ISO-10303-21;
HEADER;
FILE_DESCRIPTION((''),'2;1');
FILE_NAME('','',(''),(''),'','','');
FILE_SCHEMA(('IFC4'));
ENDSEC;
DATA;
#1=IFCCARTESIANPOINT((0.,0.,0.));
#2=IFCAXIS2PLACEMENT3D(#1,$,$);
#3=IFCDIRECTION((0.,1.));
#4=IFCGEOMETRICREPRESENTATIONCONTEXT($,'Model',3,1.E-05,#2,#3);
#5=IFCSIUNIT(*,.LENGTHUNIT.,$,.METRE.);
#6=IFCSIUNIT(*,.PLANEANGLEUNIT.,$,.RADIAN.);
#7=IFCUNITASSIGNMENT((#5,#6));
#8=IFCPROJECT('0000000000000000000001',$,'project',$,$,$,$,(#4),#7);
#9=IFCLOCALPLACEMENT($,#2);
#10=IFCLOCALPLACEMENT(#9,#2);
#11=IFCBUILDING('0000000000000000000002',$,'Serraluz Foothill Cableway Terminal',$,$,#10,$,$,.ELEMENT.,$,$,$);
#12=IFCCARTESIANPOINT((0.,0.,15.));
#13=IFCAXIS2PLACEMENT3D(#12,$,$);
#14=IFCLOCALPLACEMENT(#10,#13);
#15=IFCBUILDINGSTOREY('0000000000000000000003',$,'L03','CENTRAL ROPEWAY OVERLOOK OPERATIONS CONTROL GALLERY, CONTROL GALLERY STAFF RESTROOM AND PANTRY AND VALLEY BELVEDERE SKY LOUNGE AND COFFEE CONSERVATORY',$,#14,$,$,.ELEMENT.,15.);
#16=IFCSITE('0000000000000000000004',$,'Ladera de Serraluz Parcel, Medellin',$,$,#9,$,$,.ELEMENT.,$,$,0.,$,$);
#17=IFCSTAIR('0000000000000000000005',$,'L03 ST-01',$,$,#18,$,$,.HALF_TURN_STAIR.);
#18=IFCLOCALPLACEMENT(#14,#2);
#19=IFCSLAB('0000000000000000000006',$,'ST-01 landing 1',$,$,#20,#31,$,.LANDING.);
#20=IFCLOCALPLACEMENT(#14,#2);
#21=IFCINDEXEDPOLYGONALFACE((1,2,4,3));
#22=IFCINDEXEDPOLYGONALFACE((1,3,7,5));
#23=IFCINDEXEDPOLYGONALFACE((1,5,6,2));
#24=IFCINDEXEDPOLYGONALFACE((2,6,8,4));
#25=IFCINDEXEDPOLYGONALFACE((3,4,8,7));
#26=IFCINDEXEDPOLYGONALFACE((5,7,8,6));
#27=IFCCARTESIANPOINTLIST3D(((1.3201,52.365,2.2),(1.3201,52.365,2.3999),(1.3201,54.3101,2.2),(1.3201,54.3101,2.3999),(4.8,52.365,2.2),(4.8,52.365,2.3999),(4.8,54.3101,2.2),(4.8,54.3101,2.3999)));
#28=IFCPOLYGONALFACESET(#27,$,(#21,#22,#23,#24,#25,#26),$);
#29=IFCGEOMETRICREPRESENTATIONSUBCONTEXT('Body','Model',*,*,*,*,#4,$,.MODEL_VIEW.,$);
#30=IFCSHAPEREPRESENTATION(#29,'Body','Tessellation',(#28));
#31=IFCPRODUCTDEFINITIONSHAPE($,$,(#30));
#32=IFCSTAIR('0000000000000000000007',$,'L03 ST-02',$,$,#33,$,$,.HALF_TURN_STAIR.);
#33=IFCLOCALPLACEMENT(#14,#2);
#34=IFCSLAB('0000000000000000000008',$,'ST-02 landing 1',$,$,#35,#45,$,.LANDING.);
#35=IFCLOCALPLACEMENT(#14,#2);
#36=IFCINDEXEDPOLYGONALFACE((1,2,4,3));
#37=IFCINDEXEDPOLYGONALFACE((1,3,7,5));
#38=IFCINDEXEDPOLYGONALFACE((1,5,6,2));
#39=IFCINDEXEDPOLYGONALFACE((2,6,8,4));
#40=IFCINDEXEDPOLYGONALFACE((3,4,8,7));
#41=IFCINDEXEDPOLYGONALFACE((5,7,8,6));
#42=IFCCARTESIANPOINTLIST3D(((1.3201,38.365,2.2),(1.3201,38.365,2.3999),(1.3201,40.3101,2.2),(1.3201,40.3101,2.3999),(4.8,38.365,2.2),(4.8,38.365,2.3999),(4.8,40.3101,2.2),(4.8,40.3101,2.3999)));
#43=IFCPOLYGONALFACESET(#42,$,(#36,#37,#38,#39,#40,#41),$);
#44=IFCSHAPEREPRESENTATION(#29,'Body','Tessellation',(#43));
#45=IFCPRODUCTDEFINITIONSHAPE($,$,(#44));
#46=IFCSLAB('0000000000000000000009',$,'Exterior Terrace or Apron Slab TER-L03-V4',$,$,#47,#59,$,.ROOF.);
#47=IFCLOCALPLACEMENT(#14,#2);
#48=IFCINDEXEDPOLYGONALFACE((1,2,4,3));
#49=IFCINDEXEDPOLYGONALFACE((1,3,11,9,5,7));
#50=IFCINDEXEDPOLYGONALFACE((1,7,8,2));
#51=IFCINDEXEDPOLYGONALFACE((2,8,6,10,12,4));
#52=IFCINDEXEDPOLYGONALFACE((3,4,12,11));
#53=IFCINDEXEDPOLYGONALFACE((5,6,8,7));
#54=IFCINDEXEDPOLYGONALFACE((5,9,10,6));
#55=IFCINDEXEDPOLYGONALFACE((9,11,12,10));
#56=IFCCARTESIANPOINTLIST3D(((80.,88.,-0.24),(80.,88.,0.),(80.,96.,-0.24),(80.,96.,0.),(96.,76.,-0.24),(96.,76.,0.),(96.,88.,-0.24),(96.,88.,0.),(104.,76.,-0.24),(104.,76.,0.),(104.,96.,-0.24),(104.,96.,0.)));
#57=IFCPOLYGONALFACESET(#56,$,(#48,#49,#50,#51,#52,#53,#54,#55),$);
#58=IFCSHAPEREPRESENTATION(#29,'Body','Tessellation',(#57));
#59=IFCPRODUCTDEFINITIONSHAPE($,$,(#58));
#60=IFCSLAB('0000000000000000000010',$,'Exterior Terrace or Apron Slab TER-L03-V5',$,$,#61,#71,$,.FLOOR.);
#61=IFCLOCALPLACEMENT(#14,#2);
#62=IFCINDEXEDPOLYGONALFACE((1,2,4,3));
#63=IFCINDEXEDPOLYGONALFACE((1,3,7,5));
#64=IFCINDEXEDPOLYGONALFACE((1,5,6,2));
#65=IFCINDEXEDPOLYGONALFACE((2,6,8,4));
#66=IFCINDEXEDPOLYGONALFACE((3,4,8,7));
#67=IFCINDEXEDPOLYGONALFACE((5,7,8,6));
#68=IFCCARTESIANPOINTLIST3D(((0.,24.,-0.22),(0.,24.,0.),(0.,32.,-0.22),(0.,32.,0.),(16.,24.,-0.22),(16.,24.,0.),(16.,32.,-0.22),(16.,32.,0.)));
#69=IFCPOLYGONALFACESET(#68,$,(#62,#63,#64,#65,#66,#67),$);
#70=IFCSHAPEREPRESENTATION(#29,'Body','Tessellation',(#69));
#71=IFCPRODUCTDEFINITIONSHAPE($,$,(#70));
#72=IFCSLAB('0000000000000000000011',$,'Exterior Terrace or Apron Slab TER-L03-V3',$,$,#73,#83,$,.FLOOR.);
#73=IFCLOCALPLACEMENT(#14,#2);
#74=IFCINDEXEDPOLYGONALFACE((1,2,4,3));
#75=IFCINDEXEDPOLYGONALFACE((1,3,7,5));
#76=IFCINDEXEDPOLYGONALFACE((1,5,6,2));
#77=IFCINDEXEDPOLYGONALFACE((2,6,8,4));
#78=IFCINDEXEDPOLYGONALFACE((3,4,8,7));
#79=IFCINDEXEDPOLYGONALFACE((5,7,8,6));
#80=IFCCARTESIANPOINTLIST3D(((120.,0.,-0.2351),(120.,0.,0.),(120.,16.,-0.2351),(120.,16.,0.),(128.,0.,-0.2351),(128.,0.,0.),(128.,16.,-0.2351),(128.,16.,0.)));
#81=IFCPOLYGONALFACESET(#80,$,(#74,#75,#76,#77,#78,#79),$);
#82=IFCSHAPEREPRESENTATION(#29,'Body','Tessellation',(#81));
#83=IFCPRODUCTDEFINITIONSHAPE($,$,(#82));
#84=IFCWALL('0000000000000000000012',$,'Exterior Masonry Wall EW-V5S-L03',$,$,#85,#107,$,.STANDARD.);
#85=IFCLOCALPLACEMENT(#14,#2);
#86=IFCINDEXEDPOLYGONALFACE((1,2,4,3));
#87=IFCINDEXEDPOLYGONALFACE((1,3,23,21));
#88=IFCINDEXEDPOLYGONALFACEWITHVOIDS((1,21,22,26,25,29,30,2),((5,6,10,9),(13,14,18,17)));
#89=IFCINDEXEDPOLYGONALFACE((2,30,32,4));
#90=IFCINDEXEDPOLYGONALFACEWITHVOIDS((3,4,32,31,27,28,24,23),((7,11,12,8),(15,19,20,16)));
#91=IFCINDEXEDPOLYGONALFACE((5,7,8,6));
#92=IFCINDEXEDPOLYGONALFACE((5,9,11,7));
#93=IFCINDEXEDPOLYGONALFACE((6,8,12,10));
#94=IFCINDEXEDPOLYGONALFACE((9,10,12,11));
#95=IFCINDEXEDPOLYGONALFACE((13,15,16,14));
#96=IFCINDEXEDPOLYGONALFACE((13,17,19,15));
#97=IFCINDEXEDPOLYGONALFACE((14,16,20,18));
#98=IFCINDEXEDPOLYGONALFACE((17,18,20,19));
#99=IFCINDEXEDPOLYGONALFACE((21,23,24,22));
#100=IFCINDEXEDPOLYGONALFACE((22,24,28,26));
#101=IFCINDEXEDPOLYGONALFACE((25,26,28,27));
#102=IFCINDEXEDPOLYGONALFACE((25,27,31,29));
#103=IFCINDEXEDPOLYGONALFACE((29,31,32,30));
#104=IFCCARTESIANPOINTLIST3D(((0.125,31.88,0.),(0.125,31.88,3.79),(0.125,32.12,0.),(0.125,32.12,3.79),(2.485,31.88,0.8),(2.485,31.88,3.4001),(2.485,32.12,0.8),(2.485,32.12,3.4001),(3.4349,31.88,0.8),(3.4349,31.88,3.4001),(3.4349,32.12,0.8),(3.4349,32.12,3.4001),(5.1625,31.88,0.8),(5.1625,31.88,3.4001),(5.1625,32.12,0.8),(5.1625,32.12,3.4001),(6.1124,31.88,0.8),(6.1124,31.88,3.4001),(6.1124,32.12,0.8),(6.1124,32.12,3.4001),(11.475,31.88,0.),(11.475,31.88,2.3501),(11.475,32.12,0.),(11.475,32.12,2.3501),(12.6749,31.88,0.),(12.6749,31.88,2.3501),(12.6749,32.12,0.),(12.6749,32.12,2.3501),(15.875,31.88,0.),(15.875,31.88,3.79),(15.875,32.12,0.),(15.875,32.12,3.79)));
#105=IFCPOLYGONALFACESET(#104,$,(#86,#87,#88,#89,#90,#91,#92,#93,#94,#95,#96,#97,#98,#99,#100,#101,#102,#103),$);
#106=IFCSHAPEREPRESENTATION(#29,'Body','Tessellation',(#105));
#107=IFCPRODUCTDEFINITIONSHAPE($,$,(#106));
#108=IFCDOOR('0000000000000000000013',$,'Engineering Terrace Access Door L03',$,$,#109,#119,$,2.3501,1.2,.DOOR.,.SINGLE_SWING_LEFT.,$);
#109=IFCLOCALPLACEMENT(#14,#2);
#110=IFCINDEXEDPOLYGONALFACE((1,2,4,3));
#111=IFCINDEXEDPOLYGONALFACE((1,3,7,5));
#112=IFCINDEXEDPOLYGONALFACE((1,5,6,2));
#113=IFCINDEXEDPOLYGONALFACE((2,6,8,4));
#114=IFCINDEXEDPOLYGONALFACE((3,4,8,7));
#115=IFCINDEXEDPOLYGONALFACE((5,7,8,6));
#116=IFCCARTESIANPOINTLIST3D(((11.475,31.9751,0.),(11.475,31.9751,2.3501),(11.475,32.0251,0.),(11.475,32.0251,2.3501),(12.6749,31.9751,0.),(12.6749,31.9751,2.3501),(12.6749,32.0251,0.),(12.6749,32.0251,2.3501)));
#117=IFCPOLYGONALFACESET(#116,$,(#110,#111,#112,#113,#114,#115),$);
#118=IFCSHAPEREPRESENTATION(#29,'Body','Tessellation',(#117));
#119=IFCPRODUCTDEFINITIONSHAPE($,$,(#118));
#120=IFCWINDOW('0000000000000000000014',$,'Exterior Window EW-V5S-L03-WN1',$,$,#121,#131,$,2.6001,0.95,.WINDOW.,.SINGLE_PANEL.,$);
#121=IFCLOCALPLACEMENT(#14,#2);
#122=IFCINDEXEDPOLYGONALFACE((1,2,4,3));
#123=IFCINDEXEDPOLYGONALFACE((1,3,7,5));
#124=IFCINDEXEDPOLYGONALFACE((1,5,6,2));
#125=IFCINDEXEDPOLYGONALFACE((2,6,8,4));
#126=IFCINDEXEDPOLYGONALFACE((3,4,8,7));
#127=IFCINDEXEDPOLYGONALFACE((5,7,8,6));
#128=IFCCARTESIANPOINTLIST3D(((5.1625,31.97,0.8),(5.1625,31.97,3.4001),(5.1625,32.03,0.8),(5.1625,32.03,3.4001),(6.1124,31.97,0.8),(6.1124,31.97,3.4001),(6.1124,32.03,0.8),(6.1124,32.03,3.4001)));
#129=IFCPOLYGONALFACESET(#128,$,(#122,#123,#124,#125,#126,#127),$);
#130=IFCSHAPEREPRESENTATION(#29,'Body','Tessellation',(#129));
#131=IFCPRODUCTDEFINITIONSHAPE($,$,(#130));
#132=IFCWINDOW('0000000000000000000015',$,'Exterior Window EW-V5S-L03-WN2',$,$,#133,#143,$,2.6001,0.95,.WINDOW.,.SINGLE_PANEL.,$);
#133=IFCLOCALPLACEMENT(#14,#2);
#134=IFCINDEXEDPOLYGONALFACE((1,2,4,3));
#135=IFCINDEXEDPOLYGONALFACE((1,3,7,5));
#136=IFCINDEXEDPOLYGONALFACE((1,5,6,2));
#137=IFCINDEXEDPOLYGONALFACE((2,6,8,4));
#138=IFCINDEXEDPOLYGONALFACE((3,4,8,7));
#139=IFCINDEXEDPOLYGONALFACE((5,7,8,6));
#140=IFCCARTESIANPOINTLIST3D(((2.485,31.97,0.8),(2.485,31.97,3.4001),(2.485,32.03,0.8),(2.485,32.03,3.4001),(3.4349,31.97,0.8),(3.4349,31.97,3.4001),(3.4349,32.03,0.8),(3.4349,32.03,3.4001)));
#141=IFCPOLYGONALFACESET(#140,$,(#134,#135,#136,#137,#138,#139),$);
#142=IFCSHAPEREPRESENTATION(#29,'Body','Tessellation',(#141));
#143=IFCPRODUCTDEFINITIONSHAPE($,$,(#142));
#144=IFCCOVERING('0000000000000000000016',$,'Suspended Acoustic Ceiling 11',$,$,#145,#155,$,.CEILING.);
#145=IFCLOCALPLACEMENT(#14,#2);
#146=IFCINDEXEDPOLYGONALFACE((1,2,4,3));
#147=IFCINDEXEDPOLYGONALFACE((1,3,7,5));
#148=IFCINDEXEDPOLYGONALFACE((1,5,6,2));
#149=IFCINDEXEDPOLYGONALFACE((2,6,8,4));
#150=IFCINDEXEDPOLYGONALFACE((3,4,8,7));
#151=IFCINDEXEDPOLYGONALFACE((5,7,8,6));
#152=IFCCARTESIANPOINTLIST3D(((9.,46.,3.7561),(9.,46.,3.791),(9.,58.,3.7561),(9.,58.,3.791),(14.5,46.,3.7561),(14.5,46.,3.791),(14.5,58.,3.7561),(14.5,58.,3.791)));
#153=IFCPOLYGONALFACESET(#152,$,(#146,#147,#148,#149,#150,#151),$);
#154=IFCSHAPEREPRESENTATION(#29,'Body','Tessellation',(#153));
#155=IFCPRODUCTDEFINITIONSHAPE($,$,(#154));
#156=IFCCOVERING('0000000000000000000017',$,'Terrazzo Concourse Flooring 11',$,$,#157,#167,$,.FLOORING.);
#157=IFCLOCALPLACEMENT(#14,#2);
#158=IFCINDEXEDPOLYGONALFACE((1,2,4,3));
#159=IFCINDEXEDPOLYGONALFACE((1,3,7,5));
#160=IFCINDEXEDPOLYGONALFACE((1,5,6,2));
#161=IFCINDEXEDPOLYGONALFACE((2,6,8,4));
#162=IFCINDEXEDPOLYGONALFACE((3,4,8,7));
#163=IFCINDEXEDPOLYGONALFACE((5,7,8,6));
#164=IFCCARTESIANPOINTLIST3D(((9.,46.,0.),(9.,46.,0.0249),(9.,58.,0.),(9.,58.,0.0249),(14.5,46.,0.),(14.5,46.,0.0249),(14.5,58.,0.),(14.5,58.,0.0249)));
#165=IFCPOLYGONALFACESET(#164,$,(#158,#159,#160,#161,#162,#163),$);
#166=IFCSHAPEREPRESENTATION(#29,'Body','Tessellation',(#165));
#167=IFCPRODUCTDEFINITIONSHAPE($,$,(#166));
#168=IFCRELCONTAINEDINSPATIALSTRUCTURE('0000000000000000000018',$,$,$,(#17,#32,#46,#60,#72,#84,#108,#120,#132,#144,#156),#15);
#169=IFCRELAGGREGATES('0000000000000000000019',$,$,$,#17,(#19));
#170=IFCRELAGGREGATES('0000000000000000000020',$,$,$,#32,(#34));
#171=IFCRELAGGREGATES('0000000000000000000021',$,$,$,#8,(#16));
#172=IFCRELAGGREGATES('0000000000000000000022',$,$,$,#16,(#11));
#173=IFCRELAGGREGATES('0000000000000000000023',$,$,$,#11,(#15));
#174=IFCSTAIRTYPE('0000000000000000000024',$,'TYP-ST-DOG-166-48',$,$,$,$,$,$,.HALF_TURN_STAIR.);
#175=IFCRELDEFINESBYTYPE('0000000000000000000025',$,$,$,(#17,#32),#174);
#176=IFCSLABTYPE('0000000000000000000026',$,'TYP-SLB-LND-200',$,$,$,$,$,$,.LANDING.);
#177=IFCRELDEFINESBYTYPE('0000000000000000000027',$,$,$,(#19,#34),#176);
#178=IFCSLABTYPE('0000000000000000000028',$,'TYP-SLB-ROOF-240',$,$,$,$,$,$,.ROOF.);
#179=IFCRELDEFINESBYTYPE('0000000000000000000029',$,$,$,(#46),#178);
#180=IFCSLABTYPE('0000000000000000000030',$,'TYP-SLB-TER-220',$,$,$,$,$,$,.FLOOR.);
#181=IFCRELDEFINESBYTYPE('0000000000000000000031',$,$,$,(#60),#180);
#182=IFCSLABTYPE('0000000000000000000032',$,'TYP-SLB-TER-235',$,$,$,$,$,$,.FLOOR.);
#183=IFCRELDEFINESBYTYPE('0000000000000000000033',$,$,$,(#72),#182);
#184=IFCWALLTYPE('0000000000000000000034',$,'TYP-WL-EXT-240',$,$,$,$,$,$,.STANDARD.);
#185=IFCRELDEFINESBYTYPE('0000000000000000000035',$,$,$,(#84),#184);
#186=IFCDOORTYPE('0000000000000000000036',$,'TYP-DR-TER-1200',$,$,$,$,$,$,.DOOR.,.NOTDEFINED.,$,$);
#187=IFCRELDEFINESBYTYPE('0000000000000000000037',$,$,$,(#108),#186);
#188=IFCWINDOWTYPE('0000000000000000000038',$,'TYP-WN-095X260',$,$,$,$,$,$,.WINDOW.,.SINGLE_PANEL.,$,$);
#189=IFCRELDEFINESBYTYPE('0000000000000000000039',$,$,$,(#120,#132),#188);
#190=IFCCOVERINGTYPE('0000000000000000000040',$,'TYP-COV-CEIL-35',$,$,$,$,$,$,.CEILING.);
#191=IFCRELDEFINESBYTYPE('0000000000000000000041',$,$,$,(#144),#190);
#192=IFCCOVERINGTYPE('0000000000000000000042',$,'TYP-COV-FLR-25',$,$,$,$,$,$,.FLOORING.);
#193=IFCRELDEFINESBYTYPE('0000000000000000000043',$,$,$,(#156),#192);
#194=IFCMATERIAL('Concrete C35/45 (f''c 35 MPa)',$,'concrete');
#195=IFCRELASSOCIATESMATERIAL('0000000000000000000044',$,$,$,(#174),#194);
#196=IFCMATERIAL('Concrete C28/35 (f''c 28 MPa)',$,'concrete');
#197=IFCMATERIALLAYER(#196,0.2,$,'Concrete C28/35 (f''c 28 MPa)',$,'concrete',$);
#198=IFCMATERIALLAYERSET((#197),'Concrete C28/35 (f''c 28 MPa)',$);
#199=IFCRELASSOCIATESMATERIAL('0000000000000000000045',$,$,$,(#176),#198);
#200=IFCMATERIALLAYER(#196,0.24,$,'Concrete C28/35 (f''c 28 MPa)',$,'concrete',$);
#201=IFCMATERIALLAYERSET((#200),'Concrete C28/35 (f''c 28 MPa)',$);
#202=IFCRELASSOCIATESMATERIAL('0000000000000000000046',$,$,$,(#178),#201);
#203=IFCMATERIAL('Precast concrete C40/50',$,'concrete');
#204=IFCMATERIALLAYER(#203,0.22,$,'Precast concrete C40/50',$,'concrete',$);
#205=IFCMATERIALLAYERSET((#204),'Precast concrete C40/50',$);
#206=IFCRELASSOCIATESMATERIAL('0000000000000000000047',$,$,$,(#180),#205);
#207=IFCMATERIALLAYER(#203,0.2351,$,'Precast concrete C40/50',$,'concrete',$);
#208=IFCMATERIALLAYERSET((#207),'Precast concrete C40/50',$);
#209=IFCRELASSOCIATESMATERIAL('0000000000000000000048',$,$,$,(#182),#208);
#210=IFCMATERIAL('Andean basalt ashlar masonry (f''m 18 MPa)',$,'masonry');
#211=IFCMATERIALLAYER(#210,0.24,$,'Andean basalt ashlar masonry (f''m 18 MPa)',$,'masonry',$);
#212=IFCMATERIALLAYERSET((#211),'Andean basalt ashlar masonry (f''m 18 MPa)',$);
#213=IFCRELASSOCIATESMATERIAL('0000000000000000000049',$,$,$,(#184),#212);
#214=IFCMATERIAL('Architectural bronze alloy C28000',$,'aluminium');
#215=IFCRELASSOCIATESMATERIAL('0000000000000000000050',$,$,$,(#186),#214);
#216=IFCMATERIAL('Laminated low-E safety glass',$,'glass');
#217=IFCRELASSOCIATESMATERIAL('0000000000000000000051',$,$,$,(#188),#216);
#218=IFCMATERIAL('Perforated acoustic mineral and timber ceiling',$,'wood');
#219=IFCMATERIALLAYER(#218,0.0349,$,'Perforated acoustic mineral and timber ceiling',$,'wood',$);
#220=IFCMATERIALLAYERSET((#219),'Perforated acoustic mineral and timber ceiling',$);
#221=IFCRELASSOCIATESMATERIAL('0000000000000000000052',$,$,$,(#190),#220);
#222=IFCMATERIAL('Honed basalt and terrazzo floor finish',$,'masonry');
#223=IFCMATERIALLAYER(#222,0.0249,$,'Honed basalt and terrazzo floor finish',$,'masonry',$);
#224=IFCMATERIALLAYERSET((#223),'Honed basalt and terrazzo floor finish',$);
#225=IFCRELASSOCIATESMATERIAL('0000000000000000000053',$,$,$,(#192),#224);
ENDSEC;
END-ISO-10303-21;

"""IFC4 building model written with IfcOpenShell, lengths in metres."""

from ifc_helpers import new_model, si_unit, direction, frame, frame_2d, origin, place, context, subcontext, project, spatial, polyline, rectangle, outline, extrude, material, layer, layer_set, type_object, element, fill, aggregate, save


model = new_model("IFC4")

# Units and contexts
model_context = context("Model", 3, precision=1e-05, world=origin(), true_north=direction((0.0, 1.0)))
body_context = subcontext(model_context, "Body", "Model", "MODEL_VIEW")
ifc_project = project(units=[si_unit("LENGTHUNIT", "METRE"), si_unit("PLANEANGLEUNIT", "RADIAN")], contexts=[model_context])

# Site, building, storey
site_placement = place(None, origin())
site = spatial("IfcSite", under=ifc_project, at=site_placement, Name="Ladera de Serraluz Parcel, Medellin", CompositionType="ELEMENT", RefElevation=0.0)
building_placement = place(site_placement, origin())
building = spatial("IfcBuilding", under=site, at=building_placement, Name="Serraluz Foothill Cableway Terminal", CompositionType="ELEMENT")
storey_placement = place(building_placement, frame((0.0, 0.0, 15.0)))
storey = spatial("IfcBuildingStorey", under=building, at=storey_placement, Name="L03", Description="CENTRAL ROPEWAY OVERLOOK OPERATIONS CONTROL GALLERY, CONTROL GALLERY STAFF RESTROOM AND PANTRY AND VALLEY BELVEDERE SKY LOUNGE AND COFFEE CONSERVATORY", CompositionType="ELEMENT", Elevation=15.0)

# Shared definitions
ifc_material_1 = material(Name="Concrete C28/35 (f'c 28 MPa)", Category="concrete")

# Stairs, slabs
ifc_material_2 = material(Name="Concrete C35/45 (f'c 35 MPa)", Category="concrete")
stair_type = type_object("IfcStairType", Name="TYP-ST-DOG-166-48", PredefinedType="HALF_TURN_STAIR", material=ifc_material_2)
stair_1_placement = place(storey_placement, origin())
stair_1 = element("IfcStair", 1, at=stair_1_placement, inside=storey, type_object=stair_type, Name="L03 ST-01", PredefinedType="HALF_TURN_STAIR")
ifc_layer_1 = layer(ifc_material_1, 0.2, Name="Concrete C28/35 (f'c 28 MPa)", Category="concrete")
ifc_layer_set_1 = layer_set([ifc_layer_1], Name="Concrete C28/35 (f'c 28 MPa)")
slab_type_1 = type_object("IfcSlabType", Name="TYP-SLB-LND-200", PredefinedType="LANDING", material=ifc_layer_set_1)
slab_1_placement = place(storey_placement, frame((0.0, 0.0, 2.2)))
slab_1 = element("IfcSlab", 2, at=slab_1_placement, type_object=slab_type_1, Name="ST-01 landing 1", PredefinedType="LANDING", context=body_context, shape_type="SweptSolid", body=[
    extrude(outline(polyline([(4.8, 52.365), (4.8, 54.3101), (1.3201, 54.3101), (1.3201, 52.365), (4.8, 52.365)])), origin(), (0.0, 0.0, 1.0), 0.2),
])
aggregate(stair_1, [slab_1])
stair_2_placement = place(storey_placement, origin())
stair_2 = element("IfcStair", 3, at=stair_2_placement, inside=storey, type_object=stair_type, Name="L03 ST-02", PredefinedType="HALF_TURN_STAIR")
slab_2_placement = place(storey_placement, frame((0.0, 0.0, 2.2)))
slab_2 = element("IfcSlab", 4, at=slab_2_placement, type_object=slab_type_1, Name="ST-02 landing 1", PredefinedType="LANDING", context=body_context, shape_type="SweptSolid", body=[
    extrude(outline(polyline([(4.8, 38.365), (4.8, 40.3101), (1.3201, 40.3101), (1.3201, 38.365), (4.8, 38.365)])), origin(), (0.0, 0.0, 1.0), 0.2),
])
aggregate(stair_2, [slab_2])

# Slabs
ifc_layer_2 = layer(ifc_material_1, 0.24, Name="Concrete C28/35 (f'c 28 MPa)", Category="concrete")
ifc_layer_set_2 = layer_set([ifc_layer_2], Name="Concrete C28/35 (f'c 28 MPa)")
slab_type_2 = type_object("IfcSlabType", Name="TYP-SLB-ROOF-240", PredefinedType="ROOF", material=ifc_layer_set_2)
slab_3_placement = place(storey_placement, frame((0.0, 0.0, -0.24)))
element("IfcSlab", 5, at=slab_3_placement, inside=storey, type_object=slab_type_2, Name="Exterior Terrace or Apron Slab TER-L03-V4", PredefinedType="ROOF", context=body_context, shape_type="SweptSolid", body=[
    extrude(outline(polyline([(96.0, 76.0), (104.0, 76.0), (104.0, 96.0), (80.0, 96.0), (80.0, 88.0), (96.0, 88.0), (96.0, 76.0)])), origin(), (0.0, 0.0, 1.0), 0.24),
])
ifc_material_3 = material(Name="Precast concrete C40/50", Category="concrete")
ifc_layer_3 = layer(ifc_material_3, 0.22, Name="Precast concrete C40/50", Category="concrete")
ifc_layer_set_3 = layer_set([ifc_layer_3], Name="Precast concrete C40/50")
slab_type_3 = type_object("IfcSlabType", Name="TYP-SLB-TER-220", PredefinedType="FLOOR", material=ifc_layer_set_3)
slab_4_placement = place(storey_placement, frame((0.0, 0.0, -0.22)))
element("IfcSlab", 6, at=slab_4_placement, inside=storey, type_object=slab_type_3, Name="Exterior Terrace or Apron Slab TER-L03-V5", PredefinedType="FLOOR", context=body_context, shape_type="SweptSolid", body=[
    extrude(outline(polyline([(0.0, 24.0), (16.0, 24.0), (16.0, 32.0), (0.0, 32.0), (0.0, 24.0)])), origin(), (0.0, 0.0, 1.0), 0.22),
])
ifc_layer_4 = layer(ifc_material_3, 0.2351, Name="Precast concrete C40/50", Category="concrete")
ifc_layer_set_4 = layer_set([ifc_layer_4], Name="Precast concrete C40/50")
slab_type_4 = type_object("IfcSlabType", Name="TYP-SLB-TER-235", PredefinedType="FLOOR", material=ifc_layer_set_4)
slab_5_placement = place(storey_placement, frame((0.0, 0.0, -0.2351)))
element("IfcSlab", 7, at=slab_5_placement, inside=storey, type_object=slab_type_4, Name="Exterior Terrace or Apron Slab TER-L03-V3", PredefinedType="FLOOR", context=body_context, shape_type="SweptSolid", body=[
    extrude(outline(polyline([(120.0, 0.0), (128.0, 0.0), (128.0, 16.0), (120.0, 16.0), (120.0, 0.0)])), origin(), (0.0, 0.0, 1.0), 0.2351),
])

# Wall, openings, door, windows
ifc_material_4 = material(Name="Andean basalt ashlar masonry (f'm 18 MPa)", Category="masonry")
ifc_layer_5 = layer(ifc_material_4, 0.24, Name="Andean basalt ashlar masonry (f'm 18 MPa)", Category="masonry")
ifc_layer_set_5 = layer_set([ifc_layer_5], Name="Andean basalt ashlar masonry (f'm 18 MPa)")
wall_type = type_object("IfcWallType", Name="TYP-WL-EXT-240", PredefinedType="STANDARD", material=ifc_layer_set_5)
wall_placement = place(storey_placement, frame((15.875, 32.0, 0.0), z_axis=(0.0, 0.0, 1.0), x_axis=(-1.0, 0.0, 0.0)))
wall = element("IfcWall", 8, at=wall_placement, inside=storey, type_object=wall_type, Name="Exterior Masonry Wall EW-V5S-L03", PredefinedType="STANDARD", context=body_context, shape_type="SweptSolid", body=[
    extrude(rectangle(XDim=15.75, YDim=0.24, at=frame_2d((7.875, 0.0))), origin(), (0.0, 0.0, 1.0), 3.79),
])
opening_1_placement = place(wall_placement, frame((9.7625, 0.0, 0.8)))
opening_1 = element("IfcOpeningElement", 9, at=opening_1_placement, cuts=wall, PredefinedType="OPENING", context=body_context, shape_type="SweptSolid", body=[
    extrude(rectangle(XDim=0.95, YDim=2.6001, at=frame_2d((0.4751, 1.3))), frame((0.0, 0.1299, 0.0), z_axis=(0.0, -1.0, 0.0), x_axis=(1.0, 0.0, 0.0)), (0.0, 0.0, 1.0), 0.26),
])
opening_2_placement = place(wall_placement, frame((12.4399, 0.0, 0.8)))
opening_2 = element("IfcOpeningElement", 10, at=opening_2_placement, cuts=wall, PredefinedType="OPENING", context=body_context, shape_type="SweptSolid", body=[
    extrude(rectangle(XDim=0.95, YDim=2.6001, at=frame_2d((0.4751, 1.3))), frame((0.0, 0.1299, 0.0), z_axis=(0.0, -1.0, 0.0), x_axis=(1.0, 0.0, 0.0)), (0.0, 0.0, 1.0), 0.26),
])
opening_3_placement = place(wall_placement, frame((3.2, 0.0, 0.0)))
opening_3 = element("IfcOpeningElement", 11, at=opening_3_placement, cuts=wall, PredefinedType="OPENING", context=body_context, shape_type="SweptSolid", body=[
    extrude(rectangle(XDim=1.2, YDim=2.3501, at=frame_2d((0.6001, 1.175))), frame((0.0, 0.1299, 0.0), z_axis=(0.0, -1.0, 0.0), x_axis=(1.0, 0.0, 0.0)), (0.0, 0.0, 1.0), 0.26),
])
ifc_material_5 = material(Name="Architectural bronze alloy C28000", Category="aluminium")
door_type = type_object("IfcDoorType", Name="TYP-DR-TER-1200", OperationType="NOTDEFINED", PredefinedType="DOOR", material=ifc_material_5)
door_placement = place(opening_3_placement, origin())
door = element("IfcDoor", 12, at=door_placement, inside=storey, type_object=door_type, Name="Engineering Terrace Access Door L03", OperationType="SINGLE_SWING_LEFT", OverallHeight=2.3501, OverallWidth=1.2, PredefinedType="DOOR", context=body_context, shape_type="SweptSolid", body=[
    extrude(rectangle(XDim=1.2, YDim=2.3501, at=frame_2d((0.6001, 1.175))), frame((0.0, 0.0249, 0.0), z_axis=(0.0, -1.0, 0.0), x_axis=(1.0, 0.0, 0.0)), (0.0, 0.0, 1.0), 0.05),
])
fill(opening_3, door)
ifc_material_6 = material(Name="Laminated low-E safety glass", Category="glass")
window_type = type_object("IfcWindowType", Name="TYP-WN-095X260", PartitioningType="SINGLE_PANEL", PredefinedType="WINDOW", material=ifc_material_6)
window_1_placement = place(opening_1_placement, origin())
window_1 = element("IfcWindow", 13, at=window_1_placement, inside=storey, type_object=window_type, Name="Exterior Window EW-V5S-L03-WN1", OverallHeight=2.6001, OverallWidth=0.95, PartitioningType="SINGLE_PANEL", PredefinedType="WINDOW", context=body_context, shape_type="SweptSolid", body=[
    extrude(rectangle(XDim=0.95, YDim=2.6001, at=frame_2d((0.4751, 1.3))), frame((0.0, 0.03, 0.0), z_axis=(0.0, -1.0, 0.0), x_axis=(1.0, 0.0, 0.0)), (0.0, 0.0, 1.0), 0.0601),
])
fill(opening_1, window_1)
window_2_placement = place(opening_2_placement, origin())
window_2 = element("IfcWindow", 14, at=window_2_placement, inside=storey, type_object=window_type, Name="Exterior Window EW-V5S-L03-WN2", OverallHeight=2.6001, OverallWidth=0.95, PartitioningType="SINGLE_PANEL", PredefinedType="WINDOW", context=body_context, shape_type="SweptSolid", body=[
    extrude(rectangle(XDim=0.95, YDim=2.6001, at=frame_2d((0.4751, 1.3))), frame((0.0, 0.03, 0.0), z_axis=(0.0, -1.0, 0.0), x_axis=(1.0, 0.0, 0.0)), (0.0, 0.0, 1.0), 0.0601),
])
fill(opening_2, window_2)

# Coverings
ifc_material_7 = material(Name="Perforated acoustic mineral and timber ceiling", Category="wood")
ifc_layer_6 = layer(ifc_material_7, 0.0349, Name="Perforated acoustic mineral and timber ceiling", Category="wood")
ifc_layer_set_6 = layer_set([ifc_layer_6], Name="Perforated acoustic mineral and timber ceiling")
covering_type_1 = type_object("IfcCoveringType", Name="TYP-COV-CEIL-35", PredefinedType="CEILING", material=ifc_layer_set_6)
covering_1_placement = place(storey_placement, frame((0.0, 0.0, 3.7561)))
element("IfcCovering", 15, at=covering_1_placement, inside=storey, type_object=covering_type_1, Name="Suspended Acoustic Ceiling 11", PredefinedType="CEILING", context=body_context, shape_type="SweptSolid", body=[
    extrude(outline(polyline([(14.5, 58.0), (14.5, 46.0), (9.0, 46.0), (9.0, 58.0), (14.5, 58.0)])), origin(), (0.0, 0.0, 1.0), 0.0349),
])
ifc_material_8 = material(Name="Honed basalt and terrazzo floor finish", Category="masonry")
ifc_layer_7 = layer(ifc_material_8, 0.0249, Name="Honed basalt and terrazzo floor finish", Category="masonry")
ifc_layer_set_7 = layer_set([ifc_layer_7], Name="Honed basalt and terrazzo floor finish")
covering_type_2 = type_object("IfcCoveringType", Name="TYP-COV-FLR-25", PredefinedType="FLOORING", material=ifc_layer_set_7)
covering_2_placement = place(storey_placement, origin())
element("IfcCovering", 16, at=covering_2_placement, inside=storey, type_object=covering_type_2, Name="Terrazzo Concourse Flooring 11", PredefinedType="FLOORING", context=body_context, shape_type="SweptSolid", body=[
    extrude(outline(polyline([(9.0, 46.0), (14.5, 46.0), (14.5, 58.0), (9.0, 58.0), (9.0, 46.0)])), origin(), (0.0, 0.0, 1.0), 0.0249),
])

save(model, "model.ifc")
